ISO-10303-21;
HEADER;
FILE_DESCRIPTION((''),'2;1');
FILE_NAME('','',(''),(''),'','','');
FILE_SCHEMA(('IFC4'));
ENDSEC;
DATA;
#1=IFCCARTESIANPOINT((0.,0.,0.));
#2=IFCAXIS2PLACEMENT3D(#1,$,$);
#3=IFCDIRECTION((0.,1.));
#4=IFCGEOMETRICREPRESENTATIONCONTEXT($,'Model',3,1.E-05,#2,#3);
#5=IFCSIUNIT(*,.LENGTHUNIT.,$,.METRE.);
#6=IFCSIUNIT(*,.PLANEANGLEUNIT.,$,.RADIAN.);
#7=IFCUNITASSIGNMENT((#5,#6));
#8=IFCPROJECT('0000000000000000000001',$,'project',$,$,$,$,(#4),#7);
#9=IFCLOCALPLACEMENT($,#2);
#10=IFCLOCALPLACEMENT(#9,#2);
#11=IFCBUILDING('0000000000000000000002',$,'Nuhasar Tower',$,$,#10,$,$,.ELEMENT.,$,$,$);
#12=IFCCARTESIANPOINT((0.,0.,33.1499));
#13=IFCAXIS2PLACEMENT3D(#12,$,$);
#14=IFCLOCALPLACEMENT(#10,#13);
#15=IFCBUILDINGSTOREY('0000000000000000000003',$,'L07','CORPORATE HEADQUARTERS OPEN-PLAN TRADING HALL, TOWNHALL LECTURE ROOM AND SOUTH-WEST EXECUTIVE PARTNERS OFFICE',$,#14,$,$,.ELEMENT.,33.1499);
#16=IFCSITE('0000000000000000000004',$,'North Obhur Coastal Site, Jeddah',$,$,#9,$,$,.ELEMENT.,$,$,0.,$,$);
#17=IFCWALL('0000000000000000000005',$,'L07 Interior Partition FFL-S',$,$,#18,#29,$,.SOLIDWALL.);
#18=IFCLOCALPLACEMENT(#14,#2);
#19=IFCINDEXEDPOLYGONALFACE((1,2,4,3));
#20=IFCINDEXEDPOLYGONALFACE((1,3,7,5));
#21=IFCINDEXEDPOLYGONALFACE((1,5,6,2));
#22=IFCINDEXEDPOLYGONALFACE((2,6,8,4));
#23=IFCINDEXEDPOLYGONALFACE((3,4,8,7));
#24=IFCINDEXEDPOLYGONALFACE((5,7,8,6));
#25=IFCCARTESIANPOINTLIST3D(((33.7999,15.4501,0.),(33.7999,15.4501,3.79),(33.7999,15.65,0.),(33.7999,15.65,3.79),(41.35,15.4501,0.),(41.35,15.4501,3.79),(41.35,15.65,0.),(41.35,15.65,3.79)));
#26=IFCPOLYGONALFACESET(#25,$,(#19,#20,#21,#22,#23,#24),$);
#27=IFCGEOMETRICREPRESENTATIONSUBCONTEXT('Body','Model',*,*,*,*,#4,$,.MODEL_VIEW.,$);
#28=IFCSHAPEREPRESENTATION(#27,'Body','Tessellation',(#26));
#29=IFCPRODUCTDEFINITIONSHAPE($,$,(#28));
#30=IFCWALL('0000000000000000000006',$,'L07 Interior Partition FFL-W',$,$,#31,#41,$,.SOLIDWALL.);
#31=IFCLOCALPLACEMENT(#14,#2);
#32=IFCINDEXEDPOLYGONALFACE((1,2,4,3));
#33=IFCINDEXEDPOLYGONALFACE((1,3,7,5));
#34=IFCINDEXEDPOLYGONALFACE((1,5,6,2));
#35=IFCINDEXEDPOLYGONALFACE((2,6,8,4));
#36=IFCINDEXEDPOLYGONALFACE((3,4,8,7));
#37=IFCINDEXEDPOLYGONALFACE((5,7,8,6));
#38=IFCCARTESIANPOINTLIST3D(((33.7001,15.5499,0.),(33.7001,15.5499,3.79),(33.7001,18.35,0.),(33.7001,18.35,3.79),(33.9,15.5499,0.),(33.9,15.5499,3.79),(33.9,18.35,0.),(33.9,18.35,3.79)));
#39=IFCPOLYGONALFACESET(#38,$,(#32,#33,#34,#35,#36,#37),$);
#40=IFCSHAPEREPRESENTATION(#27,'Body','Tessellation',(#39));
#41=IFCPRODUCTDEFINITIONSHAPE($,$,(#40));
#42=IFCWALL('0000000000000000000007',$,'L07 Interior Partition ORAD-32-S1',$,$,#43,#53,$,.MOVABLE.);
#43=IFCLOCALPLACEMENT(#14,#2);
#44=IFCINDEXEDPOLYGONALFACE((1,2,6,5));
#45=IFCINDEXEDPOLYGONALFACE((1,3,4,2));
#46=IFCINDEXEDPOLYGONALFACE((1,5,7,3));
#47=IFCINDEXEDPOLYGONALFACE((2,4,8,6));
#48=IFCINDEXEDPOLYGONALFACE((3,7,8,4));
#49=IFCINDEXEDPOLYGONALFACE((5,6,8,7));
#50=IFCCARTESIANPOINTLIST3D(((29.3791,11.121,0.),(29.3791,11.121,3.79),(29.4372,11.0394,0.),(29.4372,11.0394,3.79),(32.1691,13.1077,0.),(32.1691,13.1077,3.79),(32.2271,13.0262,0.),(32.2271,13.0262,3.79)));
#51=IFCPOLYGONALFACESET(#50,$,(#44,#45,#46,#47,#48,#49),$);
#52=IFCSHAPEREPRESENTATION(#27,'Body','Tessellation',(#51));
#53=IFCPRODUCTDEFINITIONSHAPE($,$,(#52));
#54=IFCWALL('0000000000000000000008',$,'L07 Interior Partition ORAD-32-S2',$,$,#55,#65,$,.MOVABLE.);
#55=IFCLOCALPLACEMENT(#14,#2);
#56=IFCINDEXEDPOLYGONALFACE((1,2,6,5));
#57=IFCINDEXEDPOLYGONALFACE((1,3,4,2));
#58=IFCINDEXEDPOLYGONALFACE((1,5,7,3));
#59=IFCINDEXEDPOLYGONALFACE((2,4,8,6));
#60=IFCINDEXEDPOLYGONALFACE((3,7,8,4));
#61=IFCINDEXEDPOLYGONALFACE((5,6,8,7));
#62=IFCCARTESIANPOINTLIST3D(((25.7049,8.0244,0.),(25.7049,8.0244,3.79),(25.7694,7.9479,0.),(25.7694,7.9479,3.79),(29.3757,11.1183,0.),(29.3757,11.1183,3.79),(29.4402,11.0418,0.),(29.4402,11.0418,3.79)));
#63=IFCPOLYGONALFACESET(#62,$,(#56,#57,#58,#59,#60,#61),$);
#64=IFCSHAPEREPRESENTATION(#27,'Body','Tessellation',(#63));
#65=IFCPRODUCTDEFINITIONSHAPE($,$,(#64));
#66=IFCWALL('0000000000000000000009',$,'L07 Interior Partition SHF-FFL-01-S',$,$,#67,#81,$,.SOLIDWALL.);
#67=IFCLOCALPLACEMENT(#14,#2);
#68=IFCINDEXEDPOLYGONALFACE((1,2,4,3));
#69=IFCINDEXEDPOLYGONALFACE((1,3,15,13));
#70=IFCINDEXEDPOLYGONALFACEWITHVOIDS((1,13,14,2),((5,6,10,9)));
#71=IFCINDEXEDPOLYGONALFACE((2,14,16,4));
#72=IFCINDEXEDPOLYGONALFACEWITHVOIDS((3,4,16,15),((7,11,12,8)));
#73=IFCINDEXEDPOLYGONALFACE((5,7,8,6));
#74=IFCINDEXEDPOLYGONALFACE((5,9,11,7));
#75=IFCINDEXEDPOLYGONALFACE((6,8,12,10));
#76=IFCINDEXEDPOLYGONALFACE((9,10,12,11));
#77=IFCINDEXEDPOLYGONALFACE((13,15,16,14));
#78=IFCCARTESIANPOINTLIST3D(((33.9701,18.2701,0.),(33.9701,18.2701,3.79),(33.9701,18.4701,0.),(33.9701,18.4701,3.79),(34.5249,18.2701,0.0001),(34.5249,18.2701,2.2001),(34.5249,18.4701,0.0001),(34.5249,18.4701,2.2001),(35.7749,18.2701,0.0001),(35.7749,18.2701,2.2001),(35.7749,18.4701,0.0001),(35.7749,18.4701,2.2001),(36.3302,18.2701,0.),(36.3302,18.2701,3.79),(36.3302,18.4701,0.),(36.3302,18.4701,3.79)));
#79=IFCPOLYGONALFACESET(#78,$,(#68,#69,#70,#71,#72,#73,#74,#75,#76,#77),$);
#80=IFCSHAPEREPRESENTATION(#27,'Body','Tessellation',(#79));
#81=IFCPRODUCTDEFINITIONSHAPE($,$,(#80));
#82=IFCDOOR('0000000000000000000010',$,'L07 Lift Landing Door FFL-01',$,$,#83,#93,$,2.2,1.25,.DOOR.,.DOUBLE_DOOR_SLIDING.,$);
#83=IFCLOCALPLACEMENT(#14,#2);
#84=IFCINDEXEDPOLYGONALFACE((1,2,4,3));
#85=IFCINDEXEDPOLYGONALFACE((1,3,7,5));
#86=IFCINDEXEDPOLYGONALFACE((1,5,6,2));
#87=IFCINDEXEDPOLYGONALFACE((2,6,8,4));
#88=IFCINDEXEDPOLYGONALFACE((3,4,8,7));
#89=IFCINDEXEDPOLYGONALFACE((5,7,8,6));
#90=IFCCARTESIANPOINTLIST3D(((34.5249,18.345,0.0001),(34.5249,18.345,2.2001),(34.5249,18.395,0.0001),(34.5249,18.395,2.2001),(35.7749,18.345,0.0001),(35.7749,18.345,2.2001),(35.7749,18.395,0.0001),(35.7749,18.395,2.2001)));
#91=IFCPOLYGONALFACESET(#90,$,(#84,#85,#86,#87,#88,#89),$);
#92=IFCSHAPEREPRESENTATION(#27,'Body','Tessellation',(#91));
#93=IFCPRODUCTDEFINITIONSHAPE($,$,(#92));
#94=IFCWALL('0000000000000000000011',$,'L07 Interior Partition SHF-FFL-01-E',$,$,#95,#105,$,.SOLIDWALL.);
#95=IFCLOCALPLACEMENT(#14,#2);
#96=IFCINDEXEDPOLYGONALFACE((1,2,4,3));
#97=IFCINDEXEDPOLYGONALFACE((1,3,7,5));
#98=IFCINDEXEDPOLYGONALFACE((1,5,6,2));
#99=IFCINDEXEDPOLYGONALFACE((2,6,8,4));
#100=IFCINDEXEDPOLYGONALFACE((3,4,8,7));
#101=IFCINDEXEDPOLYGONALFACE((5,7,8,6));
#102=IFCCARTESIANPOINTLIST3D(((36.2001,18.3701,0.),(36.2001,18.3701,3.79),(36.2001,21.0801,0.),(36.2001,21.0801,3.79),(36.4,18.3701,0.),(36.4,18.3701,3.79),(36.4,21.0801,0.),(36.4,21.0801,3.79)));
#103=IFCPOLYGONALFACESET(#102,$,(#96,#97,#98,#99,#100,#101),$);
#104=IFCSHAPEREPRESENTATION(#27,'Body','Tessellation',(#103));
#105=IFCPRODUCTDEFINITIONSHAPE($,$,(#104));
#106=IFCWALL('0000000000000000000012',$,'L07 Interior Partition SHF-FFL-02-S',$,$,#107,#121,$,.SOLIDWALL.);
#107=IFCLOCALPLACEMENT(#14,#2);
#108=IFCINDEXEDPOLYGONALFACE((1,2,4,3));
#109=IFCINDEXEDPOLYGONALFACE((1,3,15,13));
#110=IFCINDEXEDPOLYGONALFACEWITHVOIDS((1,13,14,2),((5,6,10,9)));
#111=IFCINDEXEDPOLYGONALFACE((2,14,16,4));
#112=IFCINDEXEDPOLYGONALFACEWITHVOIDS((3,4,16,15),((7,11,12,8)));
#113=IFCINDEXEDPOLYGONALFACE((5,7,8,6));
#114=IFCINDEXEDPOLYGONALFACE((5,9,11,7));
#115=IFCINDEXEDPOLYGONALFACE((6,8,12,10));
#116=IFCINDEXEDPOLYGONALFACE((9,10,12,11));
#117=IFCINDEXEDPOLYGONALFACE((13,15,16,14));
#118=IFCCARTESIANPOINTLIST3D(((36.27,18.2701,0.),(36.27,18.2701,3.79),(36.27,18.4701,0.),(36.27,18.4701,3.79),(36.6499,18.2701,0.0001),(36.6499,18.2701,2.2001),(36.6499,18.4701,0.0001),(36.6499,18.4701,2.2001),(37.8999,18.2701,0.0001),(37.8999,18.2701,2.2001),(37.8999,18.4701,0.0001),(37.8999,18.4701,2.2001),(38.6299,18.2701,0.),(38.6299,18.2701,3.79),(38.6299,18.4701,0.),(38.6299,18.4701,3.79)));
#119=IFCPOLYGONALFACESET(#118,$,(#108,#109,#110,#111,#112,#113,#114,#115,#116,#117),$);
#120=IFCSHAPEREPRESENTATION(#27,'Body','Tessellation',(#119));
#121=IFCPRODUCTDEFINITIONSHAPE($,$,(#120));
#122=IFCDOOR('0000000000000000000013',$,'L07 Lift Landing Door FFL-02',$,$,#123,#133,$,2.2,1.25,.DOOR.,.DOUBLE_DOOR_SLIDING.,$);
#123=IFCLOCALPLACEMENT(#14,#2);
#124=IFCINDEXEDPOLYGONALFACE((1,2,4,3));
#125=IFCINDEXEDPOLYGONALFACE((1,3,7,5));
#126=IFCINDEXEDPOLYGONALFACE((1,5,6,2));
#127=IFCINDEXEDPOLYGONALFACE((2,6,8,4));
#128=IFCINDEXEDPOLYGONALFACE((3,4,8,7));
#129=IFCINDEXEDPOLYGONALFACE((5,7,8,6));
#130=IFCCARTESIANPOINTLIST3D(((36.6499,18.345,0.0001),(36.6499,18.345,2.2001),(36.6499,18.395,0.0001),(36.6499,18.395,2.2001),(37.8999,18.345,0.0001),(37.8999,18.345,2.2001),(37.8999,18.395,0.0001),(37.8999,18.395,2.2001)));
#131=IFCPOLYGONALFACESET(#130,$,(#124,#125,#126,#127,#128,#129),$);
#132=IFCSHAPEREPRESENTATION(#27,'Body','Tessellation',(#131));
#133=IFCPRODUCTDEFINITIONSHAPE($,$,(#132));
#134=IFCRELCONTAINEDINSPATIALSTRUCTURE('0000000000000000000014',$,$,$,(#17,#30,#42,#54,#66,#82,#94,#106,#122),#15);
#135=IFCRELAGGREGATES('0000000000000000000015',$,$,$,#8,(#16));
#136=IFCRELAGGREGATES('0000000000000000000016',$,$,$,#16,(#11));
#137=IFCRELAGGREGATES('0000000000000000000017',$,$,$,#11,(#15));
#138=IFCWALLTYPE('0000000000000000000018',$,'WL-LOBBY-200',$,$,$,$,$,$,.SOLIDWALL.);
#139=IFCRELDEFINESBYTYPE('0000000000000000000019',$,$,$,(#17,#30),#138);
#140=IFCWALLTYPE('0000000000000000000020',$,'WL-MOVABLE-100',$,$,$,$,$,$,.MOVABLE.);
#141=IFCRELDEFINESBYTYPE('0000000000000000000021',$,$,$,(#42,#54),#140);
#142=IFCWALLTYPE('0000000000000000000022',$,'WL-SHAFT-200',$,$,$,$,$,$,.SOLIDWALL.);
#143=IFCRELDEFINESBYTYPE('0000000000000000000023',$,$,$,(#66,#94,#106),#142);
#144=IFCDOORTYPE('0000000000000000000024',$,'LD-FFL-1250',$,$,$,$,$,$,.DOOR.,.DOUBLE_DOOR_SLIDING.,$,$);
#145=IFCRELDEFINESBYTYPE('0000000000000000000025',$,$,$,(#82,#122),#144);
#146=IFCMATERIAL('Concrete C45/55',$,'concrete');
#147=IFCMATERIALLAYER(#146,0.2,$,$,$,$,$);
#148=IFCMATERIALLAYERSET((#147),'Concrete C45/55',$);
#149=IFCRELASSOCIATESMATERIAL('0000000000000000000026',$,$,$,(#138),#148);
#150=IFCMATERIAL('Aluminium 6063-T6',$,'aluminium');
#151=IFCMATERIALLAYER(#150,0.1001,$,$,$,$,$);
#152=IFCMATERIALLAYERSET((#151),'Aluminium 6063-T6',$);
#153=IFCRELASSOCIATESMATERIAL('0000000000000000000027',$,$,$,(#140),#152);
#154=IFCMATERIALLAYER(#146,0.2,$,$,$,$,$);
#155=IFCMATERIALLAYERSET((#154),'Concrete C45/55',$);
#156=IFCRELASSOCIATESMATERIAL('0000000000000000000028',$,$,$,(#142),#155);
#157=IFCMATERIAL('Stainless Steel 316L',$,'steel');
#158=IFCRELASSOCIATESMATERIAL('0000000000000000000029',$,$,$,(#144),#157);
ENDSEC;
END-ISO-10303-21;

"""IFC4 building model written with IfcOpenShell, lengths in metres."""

from ifc_helpers import new_model, si_unit, direction, frame, frame_2d, origin, place, context, subcontext, project, spatial, rectangle, extrude, material, layer, layer_set, type_object, element, fill, save


model = new_model("IFC4")

# Units and contexts
model_context = context("Model", 3, precision=1e-05, world=origin(), true_north=direction((0.0, 1.0)))
body_context = subcontext(model_context, "Body", "Model", "MODEL_VIEW")
ifc_project = project(units=[si_unit("LENGTHUNIT", "METRE"), si_unit("PLANEANGLEUNIT", "RADIAN")], contexts=[model_context])

# Site, building, storey
site_placement = place(None, origin())
site = spatial("IfcSite", under=ifc_project, at=site_placement, Name="North Obhur Coastal Site, Jeddah", CompositionType="ELEMENT", RefElevation=0.0)
building_placement = place(site_placement, origin())
building = spatial("IfcBuilding", under=site, at=building_placement, Name="Nuhasar Tower", CompositionType="ELEMENT")
storey_placement = place(building_placement, frame((0.0, 0.0, 33.1499)))
storey = spatial("IfcBuildingStorey", under=building, at=storey_placement, Name="L07", Description="CORPORATE HEADQUARTERS OPEN-PLAN TRADING HALL, TOWNHALL LECTURE ROOM AND SOUTH-WEST EXECUTIVE PARTNERS OFFICE", CompositionType="ELEMENT", Elevation=33.1499)

# Shared definitions
ifc_material_1 = material(Name="Aluminium 6063-T6", Category="aluminium")

# Walls
ifc_material_2 = material(Name="Concrete C45/55", Category="concrete")
ifc_layer_1 = layer(ifc_material_2, 0.2)
ifc_layer_set_1 = layer_set([ifc_layer_1], Name="Concrete C45/55")
wall_type_1 = type_object("IfcWallType", Name="WL-LOBBY-200", PredefinedType="SOLIDWALL", material=ifc_layer_set_1)
wall_1_placement = place(storey_placement, frame((33.8, 15.55, 0.0), z_axis=(0.0, 0.0, 1.0), x_axis=(1.0, 0.0, 0.0)))
element("IfcWall", 1, at=wall_1_placement, inside=storey, type_object=wall_type_1, Name="L07 Interior Partition FFL-S", PredefinedType="SOLIDWALL", context=body_context, shape_type="SweptSolid", body=[
    extrude(rectangle(XDim=7.55, YDim=0.2, at=frame_2d((3.7749, 0.0))), origin(), (0.0, 0.0, 1.0), 3.79),
])
wall_2_placement = place(storey_placement, frame((33.8, 15.55, 0.0), z_axis=(0.0, 0.0, 1.0), x_axis=(0.0, 1.0, 0.0)))
element("IfcWall", 2, at=wall_2_placement, inside=storey, type_object=wall_type_1, Name="L07 Interior Partition FFL-W", PredefinedType="SOLIDWALL", context=body_context, shape_type="SweptSolid", body=[
    extrude(rectangle(XDim=2.8, YDim=0.2, at=frame_2d((1.3999, 0.0))), origin(), (0.0, 0.0, 1.0), 3.79),
])
ifc_layer_2 = layer(ifc_material_1, 0.1001)
ifc_layer_set_2 = layer_set([ifc_layer_2], Name="Aluminium 6063-T6")
wall_type_2 = type_object("IfcWallType", Name="WL-MOVABLE-100", PredefinedType="MOVABLE", material=ifc_layer_set_2)
wall_3_placement = place(storey_placement, frame((32.198, 13.0669, 0.0), z_axis=(0.0, 0.0, 1.0), x_axis=(-0.814571, -0.580064, 0.0)))
element("IfcWall", 3, at=wall_3_placement, inside=storey, type_object=wall_type_2, Name="L07 Interior Partition ORAD-32-S1", PredefinedType="MOVABLE", context=body_context, shape_type="SweptSolid", body=[
    extrude(rectangle(XDim=3.425, YDim=0.1001, at=frame_2d((1.7124, 0.0))), origin(), (0.0, 0.0, 1.0), 3.79),
])
wall_4_placement = place(storey_placement, frame((29.408, 11.0801, 0.0), z_axis=(0.0, 0.0, 1.0), x_axis=(-0.764633, -0.644466, 0.0)))
element("IfcWall", 4, at=wall_4_placement, inside=storey, type_object=wall_type_2, Name="L07 Interior Partition ORAD-32-S2", PredefinedType="MOVABLE", context=body_context, shape_type="SweptSolid", body=[
    extrude(rectangle(XDim=4.8008, YDim=0.1001, at=frame_2d((2.4004, 0.0))), origin(), (0.0, 0.0, 1.0), 3.79),
])

# Wall, opening, door
ifc_layer_3 = layer(ifc_material_2, 0.2)
ifc_layer_set_3 = layer_set([ifc_layer_3], Name="Concrete C45/55")
wall_type_3 = type_object("IfcWallType", Name="WL-SHAFT-200", PredefinedType="SOLIDWALL", material=ifc_layer_set_3)
wall_5_placement = place(storey_placement, frame((33.97, 18.3701, 0.0), z_axis=(0.0, 0.0, 1.0), x_axis=(1.0, 0.0, 0.0)))
wall_5 = element("IfcWall", 5, at=wall_5_placement, inside=storey, type_object=wall_type_3, Name="L07 Interior Partition SHF-FFL-01-S", PredefinedType="SOLIDWALL", context=body_context, shape_type="SweptSolid", body=[
    extrude(rectangle(XDim=2.3601, YDim=0.2, at=frame_2d((1.1802, 0.0))), origin(), (0.0, 0.0, 1.0), 3.79),
])
opening_1_placement = place(wall_5_placement, frame((0.5549, 0.0, 0.0)))
opening_1 = element("IfcOpeningElement", 6, at=opening_1_placement, cuts=wall_5, PredefinedType="OPENING", context=body_context, shape_type="SweptSolid", body=[
    extrude(rectangle(XDim=1.25, YDim=2.2, at=frame_2d((0.625, 1.1001))), frame((0.0, 0.1099, 0.0), z_axis=(0.0, -1.0, 0.0), x_axis=(1.0, 0.0, 0.0)), (0.0, 0.0, 1.0), 0.22),
])
ifc_material_3 = material(Name="Stainless Steel 316L", Category="steel")
door_type_1 = type_object("IfcDoorType", Name="LD-FFL-1250", OperationType="DOUBLE_DOOR_SLIDING", PredefinedType="DOOR", material=ifc_material_3)
door_1_placement = place(opening_1_placement, origin())
door_1 = element("IfcDoor", 7, at=door_1_placement, inside=storey, type_object=door_type_1, Name="L07 Lift Landing Door FFL-01", OperationType="DOUBLE_DOOR_SLIDING", OverallHeight=2.2, OverallWidth=1.25, PredefinedType="DOOR", context=body_context, shape_type="SweptSolid", body=[
    extrude(rectangle(XDim=1.25, YDim=2.2, at=frame_2d((0.625, 1.1001))), frame((0.0, 0.0249, 0.0), z_axis=(0.0, -1.0, 0.0), x_axis=(1.0, 0.0, 0.0)), (0.0, 0.0, 1.0), 0.05),
])
fill(opening_1, door_1)

# Wall
wall_6_placement = place(storey_placement, frame((36.3, 18.3701, 0.0), z_axis=(0.0, 0.0, 1.0), x_axis=(0.0, 1.0, 0.0)))
element("IfcWall", 8, at=wall_6_placement, inside=storey, type_object=wall_type_3, Name="L07 Interior Partition SHF-FFL-01-E", PredefinedType="SOLIDWALL", context=body_context, shape_type="SweptSolid", body=[
    extrude(rectangle(XDim=2.71, YDim=0.2, at=frame_2d((1.355, 0.0))), origin(), (0.0, 0.0, 1.0), 3.79),
])

# Wall, opening, door
wall_7_placement = place(storey_placement, frame((36.27, 18.3701, 0.0), z_axis=(0.0, 0.0, 1.0), x_axis=(1.0, 0.0, 0.0)))
wall_7 = element("IfcWall", 9, at=wall_7_placement, inside=storey, type_object=wall_type_3, Name="L07 Interior Partition SHF-FFL-02-S", PredefinedType="SOLIDWALL", context=body_context, shape_type="SweptSolid", body=[
    extrude(rectangle(XDim=2.3599, YDim=0.2, at=frame_2d((1.1799, 0.0))), origin(), (0.0, 0.0, 1.0), 3.79),
])
opening_2_placement = place(wall_7_placement, frame((0.3799, 0.0, 0.0)))
opening_2 = element("IfcOpeningElement", 10, at=opening_2_placement, cuts=wall_7, PredefinedType="OPENING", context=body_context, shape_type="SweptSolid", body=[
    extrude(rectangle(XDim=1.25, YDim=2.2, at=frame_2d((0.625, 1.1001))), frame((0.0, 0.1099, 0.0), z_axis=(0.0, -1.0, 0.0), x_axis=(1.0, 0.0, 0.0)), (0.0, 0.0, 1.0), 0.22),
])
door_2_placement = place(opening_2_placement, origin())
door_2 = element("IfcDoor", 11, at=door_2_placement, inside=storey, type_object=door_type_1, Name="L07 Lift Landing Door FFL-02", OperationType="DOUBLE_DOOR_SLIDING", OverallHeight=2.2, OverallWidth=1.25, PredefinedType="DOOR", context=body_context, shape_type="SweptSolid", body=[
    extrude(rectangle(XDim=1.25, YDim=2.2, at=frame_2d((0.625, 1.1001))), frame((0.0, 0.0249, 0.0), z_axis=(0.0, -1.0, 0.0), x_axis=(1.0, 0.0, 0.0)), (0.0, 0.0, 1.0), 0.05),
])
fill(opening_2, door_2)

save(model, "model.ifc")
